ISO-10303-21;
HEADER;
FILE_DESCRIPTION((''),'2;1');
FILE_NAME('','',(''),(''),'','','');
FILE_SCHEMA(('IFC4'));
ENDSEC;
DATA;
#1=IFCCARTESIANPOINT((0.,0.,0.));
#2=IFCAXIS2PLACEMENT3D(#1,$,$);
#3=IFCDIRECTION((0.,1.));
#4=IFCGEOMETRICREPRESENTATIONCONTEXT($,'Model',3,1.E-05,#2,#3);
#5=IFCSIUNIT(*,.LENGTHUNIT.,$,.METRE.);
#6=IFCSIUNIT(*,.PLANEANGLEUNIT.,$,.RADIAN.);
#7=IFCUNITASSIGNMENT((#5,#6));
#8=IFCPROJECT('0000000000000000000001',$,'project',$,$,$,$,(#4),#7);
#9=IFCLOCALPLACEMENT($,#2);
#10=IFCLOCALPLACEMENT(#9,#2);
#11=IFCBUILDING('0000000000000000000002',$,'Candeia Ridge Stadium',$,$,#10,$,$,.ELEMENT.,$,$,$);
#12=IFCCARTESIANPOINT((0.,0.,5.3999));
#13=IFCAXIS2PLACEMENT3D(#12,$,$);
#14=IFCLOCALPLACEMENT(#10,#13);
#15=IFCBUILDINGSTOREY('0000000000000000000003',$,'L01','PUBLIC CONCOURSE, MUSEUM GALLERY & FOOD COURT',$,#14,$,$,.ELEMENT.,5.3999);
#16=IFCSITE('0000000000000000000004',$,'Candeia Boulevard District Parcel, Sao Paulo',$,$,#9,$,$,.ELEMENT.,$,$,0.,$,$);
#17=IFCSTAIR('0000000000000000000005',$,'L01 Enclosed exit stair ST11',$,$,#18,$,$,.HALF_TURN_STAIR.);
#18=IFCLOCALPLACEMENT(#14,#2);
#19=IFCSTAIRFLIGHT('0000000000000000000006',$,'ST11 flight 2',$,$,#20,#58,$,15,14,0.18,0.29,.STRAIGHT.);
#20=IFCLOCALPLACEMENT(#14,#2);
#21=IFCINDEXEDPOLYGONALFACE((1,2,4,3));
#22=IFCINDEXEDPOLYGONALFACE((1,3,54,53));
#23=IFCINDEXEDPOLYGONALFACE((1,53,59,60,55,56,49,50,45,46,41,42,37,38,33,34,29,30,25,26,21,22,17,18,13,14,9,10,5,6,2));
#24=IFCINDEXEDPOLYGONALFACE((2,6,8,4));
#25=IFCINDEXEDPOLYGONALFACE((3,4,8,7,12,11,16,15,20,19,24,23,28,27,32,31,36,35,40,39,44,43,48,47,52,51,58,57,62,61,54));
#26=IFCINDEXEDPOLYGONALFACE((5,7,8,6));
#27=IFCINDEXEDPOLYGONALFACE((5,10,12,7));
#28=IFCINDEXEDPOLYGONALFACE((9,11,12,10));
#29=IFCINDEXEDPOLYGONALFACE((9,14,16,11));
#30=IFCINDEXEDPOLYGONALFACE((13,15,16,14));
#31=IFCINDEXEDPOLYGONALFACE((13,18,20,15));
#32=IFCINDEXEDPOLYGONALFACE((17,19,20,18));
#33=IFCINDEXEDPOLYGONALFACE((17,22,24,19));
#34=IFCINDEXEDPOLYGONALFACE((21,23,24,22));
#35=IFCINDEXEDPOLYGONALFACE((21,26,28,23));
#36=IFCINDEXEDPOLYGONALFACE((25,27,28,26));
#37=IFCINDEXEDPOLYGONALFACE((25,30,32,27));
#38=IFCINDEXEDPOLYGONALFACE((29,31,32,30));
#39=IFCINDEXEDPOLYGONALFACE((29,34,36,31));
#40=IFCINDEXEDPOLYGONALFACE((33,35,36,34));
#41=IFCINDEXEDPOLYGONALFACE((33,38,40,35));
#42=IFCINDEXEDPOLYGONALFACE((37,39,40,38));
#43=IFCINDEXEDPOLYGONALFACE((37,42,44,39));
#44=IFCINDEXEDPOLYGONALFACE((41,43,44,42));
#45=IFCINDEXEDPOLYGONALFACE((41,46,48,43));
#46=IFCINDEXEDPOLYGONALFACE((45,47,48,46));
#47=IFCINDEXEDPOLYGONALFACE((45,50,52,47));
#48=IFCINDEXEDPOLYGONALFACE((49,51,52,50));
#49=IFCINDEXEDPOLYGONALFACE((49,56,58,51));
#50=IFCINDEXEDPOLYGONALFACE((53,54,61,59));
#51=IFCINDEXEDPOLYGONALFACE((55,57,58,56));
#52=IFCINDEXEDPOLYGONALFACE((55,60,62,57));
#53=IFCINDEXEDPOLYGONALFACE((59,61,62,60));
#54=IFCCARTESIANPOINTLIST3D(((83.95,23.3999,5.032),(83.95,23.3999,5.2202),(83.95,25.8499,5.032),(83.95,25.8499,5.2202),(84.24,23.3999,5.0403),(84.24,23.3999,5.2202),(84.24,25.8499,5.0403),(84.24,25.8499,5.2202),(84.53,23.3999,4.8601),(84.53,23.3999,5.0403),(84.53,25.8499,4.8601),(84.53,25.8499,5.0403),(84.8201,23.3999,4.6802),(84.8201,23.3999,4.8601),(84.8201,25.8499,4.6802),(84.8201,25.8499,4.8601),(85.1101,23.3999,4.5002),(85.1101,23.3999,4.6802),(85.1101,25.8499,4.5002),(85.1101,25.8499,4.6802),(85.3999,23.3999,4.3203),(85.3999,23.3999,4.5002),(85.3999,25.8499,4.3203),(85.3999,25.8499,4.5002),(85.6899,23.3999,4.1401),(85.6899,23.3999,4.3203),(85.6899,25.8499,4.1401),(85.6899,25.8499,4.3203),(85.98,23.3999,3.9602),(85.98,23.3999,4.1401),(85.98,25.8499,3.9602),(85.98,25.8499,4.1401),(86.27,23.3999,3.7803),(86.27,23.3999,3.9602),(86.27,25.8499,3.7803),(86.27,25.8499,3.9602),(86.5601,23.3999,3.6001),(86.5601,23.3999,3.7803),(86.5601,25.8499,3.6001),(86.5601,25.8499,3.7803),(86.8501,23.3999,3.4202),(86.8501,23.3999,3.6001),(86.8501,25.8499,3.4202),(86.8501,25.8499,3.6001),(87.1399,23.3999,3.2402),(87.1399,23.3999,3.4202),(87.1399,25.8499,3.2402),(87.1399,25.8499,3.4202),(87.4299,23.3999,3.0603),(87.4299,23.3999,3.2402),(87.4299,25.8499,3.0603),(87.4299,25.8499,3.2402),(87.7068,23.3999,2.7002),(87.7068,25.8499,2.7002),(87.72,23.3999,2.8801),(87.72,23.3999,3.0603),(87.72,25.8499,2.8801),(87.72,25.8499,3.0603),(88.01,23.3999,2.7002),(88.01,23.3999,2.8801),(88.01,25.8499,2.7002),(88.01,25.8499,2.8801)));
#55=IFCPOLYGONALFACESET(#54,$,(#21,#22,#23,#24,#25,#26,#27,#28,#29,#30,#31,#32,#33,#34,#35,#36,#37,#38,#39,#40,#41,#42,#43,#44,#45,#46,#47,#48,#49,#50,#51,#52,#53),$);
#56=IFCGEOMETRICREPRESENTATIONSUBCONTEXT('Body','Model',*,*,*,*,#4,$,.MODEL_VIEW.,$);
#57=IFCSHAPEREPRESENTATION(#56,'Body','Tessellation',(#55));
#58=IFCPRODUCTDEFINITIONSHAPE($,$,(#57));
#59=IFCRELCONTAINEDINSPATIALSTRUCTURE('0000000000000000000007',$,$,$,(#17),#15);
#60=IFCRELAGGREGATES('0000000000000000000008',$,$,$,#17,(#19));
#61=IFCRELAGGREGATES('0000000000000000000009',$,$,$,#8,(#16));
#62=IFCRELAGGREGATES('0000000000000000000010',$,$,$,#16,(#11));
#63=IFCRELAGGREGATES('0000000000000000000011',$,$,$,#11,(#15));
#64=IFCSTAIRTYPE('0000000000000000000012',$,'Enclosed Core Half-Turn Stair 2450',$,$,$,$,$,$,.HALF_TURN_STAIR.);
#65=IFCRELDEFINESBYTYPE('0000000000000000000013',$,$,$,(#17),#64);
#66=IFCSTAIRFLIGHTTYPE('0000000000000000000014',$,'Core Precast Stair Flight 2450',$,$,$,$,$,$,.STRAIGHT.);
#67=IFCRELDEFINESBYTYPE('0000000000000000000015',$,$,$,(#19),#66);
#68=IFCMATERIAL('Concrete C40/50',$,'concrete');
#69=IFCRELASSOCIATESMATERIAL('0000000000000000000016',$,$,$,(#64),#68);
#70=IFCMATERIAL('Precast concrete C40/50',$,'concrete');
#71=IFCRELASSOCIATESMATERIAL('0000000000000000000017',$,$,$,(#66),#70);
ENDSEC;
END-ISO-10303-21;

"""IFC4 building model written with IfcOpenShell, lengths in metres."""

from ifc_helpers import new_model, si_unit, direction, frame, origin, place, context, subcontext, project, spatial, polyline, outline, extrude, material, type_object, element, aggregate, save


model = new_model("IFC4")

# Units and contexts
model_context = context("Model", 3, precision=1e-05, world=origin(), true_north=direction((0.0, 1.0)))
body_context = subcontext(model_context, "Body", "Model", "MODEL_VIEW")
ifc_project = project(units=[si_unit("LENGTHUNIT", "METRE"), si_unit("PLANEANGLEUNIT", "RADIAN")], contexts=[model_context])

# Site, building, storey
site_placement = place(None, origin())
site = spatial("IfcSite", under=ifc_project, at=site_placement, Name="Candeia Boulevard District Parcel, Sao Paulo", CompositionType="ELEMENT", RefElevation=0.0)
building_placement = place(site_placement, origin())
building = spatial("IfcBuilding", under=site, at=building_placement, Name="Candeia Ridge Stadium", CompositionType="ELEMENT")
storey_placement = place(building_placement, frame((0.0, 0.0, 5.3999)))
storey = spatial("IfcBuildingStorey", under=building, at=storey_placement, Name="L01", Description="PUBLIC CONCOURSE, MUSEUM GALLERY & FOOD COURT", CompositionType="ELEMENT", Elevation=5.3999)

# Shared definitions
ifc_material_1 = material(Name="Concrete C40/50", Category="concrete")

# Stair, stair flight
stair_type = type_object("IfcStairType", Name="Enclosed Core Half-Turn Stair 2450", PredefinedType="HALF_TURN_STAIR", material=ifc_material_1)
stair_placement = place(storey_placement, origin())
stair = element("IfcStair", 1, at=stair_placement, inside=storey, type_object=stair_type, Name="L01 Enclosed exit stair ST11", PredefinedType="HALF_TURN_STAIR")
ifc_material_2 = material(Name="Precast concrete C40/50", Category="concrete")
stair_flight_type = type_object("IfcStairFlightType", Name="Core Precast Stair Flight 2450", PredefinedType="STRAIGHT", material=ifc_material_2)
stair_flight_1_placement = place(storey_placement, frame((88.01, 24.625, 2.7002), z_axis=(0.0, 0.0, 1.0), x_axis=(-1.0, 0.0, 0.0)))
stair_flight_1 = element("IfcStairFlight", 2, at=stair_flight_1_placement, type_object=stair_flight_type, Name="ST11 flight 2", NumberOfRisers=15, NumberOfTreads=14, PredefinedType="STRAIGHT", RiserHeight=0.18, TreadLength=0.29, context=body_context, shape_type="SweptSolid", body=[
    extrude(outline(polyline([(0.0, 0.0), (0.0, 0.1799), (0.29, 0.1799), (0.29, 0.3601), (0.5801, 0.3601), (0.5801, 0.54), (0.8701, 0.54), (0.8701, 0.72), (1.1599, 0.72), (1.1599, 0.8999), (1.45, 0.8999), (1.45, 1.0801), (1.74, 1.0801), (1.74, 1.26), (2.03, 1.26), (2.03, 1.4399), (2.3201, 1.4399), (2.3201, 1.6201), (2.6101, 1.6201), (2.6101, 1.8), (2.8999, 1.8), (2.8999, 1.98), (3.1899, 1.98), (3.1899, 2.1599), (3.48, 2.1599), (3.48, 2.3401), (3.77, 2.3401), (3.77, 2.52), (4.0601, 2.52), (4.0601, 2.7), (4.0601, 2.3318), (0.3032, 0.0), (0.0, 0.0)])), frame((0.0, 1.2251, 0.0), z_axis=(0.0, -1.0, 0.0), x_axis=(1.0, 0.0, 0.0)), (0.0, 0.0, 1.0), 2.45),
])
aggregate(stair, [stair_flight_1])

save(model, "model.ifc")
